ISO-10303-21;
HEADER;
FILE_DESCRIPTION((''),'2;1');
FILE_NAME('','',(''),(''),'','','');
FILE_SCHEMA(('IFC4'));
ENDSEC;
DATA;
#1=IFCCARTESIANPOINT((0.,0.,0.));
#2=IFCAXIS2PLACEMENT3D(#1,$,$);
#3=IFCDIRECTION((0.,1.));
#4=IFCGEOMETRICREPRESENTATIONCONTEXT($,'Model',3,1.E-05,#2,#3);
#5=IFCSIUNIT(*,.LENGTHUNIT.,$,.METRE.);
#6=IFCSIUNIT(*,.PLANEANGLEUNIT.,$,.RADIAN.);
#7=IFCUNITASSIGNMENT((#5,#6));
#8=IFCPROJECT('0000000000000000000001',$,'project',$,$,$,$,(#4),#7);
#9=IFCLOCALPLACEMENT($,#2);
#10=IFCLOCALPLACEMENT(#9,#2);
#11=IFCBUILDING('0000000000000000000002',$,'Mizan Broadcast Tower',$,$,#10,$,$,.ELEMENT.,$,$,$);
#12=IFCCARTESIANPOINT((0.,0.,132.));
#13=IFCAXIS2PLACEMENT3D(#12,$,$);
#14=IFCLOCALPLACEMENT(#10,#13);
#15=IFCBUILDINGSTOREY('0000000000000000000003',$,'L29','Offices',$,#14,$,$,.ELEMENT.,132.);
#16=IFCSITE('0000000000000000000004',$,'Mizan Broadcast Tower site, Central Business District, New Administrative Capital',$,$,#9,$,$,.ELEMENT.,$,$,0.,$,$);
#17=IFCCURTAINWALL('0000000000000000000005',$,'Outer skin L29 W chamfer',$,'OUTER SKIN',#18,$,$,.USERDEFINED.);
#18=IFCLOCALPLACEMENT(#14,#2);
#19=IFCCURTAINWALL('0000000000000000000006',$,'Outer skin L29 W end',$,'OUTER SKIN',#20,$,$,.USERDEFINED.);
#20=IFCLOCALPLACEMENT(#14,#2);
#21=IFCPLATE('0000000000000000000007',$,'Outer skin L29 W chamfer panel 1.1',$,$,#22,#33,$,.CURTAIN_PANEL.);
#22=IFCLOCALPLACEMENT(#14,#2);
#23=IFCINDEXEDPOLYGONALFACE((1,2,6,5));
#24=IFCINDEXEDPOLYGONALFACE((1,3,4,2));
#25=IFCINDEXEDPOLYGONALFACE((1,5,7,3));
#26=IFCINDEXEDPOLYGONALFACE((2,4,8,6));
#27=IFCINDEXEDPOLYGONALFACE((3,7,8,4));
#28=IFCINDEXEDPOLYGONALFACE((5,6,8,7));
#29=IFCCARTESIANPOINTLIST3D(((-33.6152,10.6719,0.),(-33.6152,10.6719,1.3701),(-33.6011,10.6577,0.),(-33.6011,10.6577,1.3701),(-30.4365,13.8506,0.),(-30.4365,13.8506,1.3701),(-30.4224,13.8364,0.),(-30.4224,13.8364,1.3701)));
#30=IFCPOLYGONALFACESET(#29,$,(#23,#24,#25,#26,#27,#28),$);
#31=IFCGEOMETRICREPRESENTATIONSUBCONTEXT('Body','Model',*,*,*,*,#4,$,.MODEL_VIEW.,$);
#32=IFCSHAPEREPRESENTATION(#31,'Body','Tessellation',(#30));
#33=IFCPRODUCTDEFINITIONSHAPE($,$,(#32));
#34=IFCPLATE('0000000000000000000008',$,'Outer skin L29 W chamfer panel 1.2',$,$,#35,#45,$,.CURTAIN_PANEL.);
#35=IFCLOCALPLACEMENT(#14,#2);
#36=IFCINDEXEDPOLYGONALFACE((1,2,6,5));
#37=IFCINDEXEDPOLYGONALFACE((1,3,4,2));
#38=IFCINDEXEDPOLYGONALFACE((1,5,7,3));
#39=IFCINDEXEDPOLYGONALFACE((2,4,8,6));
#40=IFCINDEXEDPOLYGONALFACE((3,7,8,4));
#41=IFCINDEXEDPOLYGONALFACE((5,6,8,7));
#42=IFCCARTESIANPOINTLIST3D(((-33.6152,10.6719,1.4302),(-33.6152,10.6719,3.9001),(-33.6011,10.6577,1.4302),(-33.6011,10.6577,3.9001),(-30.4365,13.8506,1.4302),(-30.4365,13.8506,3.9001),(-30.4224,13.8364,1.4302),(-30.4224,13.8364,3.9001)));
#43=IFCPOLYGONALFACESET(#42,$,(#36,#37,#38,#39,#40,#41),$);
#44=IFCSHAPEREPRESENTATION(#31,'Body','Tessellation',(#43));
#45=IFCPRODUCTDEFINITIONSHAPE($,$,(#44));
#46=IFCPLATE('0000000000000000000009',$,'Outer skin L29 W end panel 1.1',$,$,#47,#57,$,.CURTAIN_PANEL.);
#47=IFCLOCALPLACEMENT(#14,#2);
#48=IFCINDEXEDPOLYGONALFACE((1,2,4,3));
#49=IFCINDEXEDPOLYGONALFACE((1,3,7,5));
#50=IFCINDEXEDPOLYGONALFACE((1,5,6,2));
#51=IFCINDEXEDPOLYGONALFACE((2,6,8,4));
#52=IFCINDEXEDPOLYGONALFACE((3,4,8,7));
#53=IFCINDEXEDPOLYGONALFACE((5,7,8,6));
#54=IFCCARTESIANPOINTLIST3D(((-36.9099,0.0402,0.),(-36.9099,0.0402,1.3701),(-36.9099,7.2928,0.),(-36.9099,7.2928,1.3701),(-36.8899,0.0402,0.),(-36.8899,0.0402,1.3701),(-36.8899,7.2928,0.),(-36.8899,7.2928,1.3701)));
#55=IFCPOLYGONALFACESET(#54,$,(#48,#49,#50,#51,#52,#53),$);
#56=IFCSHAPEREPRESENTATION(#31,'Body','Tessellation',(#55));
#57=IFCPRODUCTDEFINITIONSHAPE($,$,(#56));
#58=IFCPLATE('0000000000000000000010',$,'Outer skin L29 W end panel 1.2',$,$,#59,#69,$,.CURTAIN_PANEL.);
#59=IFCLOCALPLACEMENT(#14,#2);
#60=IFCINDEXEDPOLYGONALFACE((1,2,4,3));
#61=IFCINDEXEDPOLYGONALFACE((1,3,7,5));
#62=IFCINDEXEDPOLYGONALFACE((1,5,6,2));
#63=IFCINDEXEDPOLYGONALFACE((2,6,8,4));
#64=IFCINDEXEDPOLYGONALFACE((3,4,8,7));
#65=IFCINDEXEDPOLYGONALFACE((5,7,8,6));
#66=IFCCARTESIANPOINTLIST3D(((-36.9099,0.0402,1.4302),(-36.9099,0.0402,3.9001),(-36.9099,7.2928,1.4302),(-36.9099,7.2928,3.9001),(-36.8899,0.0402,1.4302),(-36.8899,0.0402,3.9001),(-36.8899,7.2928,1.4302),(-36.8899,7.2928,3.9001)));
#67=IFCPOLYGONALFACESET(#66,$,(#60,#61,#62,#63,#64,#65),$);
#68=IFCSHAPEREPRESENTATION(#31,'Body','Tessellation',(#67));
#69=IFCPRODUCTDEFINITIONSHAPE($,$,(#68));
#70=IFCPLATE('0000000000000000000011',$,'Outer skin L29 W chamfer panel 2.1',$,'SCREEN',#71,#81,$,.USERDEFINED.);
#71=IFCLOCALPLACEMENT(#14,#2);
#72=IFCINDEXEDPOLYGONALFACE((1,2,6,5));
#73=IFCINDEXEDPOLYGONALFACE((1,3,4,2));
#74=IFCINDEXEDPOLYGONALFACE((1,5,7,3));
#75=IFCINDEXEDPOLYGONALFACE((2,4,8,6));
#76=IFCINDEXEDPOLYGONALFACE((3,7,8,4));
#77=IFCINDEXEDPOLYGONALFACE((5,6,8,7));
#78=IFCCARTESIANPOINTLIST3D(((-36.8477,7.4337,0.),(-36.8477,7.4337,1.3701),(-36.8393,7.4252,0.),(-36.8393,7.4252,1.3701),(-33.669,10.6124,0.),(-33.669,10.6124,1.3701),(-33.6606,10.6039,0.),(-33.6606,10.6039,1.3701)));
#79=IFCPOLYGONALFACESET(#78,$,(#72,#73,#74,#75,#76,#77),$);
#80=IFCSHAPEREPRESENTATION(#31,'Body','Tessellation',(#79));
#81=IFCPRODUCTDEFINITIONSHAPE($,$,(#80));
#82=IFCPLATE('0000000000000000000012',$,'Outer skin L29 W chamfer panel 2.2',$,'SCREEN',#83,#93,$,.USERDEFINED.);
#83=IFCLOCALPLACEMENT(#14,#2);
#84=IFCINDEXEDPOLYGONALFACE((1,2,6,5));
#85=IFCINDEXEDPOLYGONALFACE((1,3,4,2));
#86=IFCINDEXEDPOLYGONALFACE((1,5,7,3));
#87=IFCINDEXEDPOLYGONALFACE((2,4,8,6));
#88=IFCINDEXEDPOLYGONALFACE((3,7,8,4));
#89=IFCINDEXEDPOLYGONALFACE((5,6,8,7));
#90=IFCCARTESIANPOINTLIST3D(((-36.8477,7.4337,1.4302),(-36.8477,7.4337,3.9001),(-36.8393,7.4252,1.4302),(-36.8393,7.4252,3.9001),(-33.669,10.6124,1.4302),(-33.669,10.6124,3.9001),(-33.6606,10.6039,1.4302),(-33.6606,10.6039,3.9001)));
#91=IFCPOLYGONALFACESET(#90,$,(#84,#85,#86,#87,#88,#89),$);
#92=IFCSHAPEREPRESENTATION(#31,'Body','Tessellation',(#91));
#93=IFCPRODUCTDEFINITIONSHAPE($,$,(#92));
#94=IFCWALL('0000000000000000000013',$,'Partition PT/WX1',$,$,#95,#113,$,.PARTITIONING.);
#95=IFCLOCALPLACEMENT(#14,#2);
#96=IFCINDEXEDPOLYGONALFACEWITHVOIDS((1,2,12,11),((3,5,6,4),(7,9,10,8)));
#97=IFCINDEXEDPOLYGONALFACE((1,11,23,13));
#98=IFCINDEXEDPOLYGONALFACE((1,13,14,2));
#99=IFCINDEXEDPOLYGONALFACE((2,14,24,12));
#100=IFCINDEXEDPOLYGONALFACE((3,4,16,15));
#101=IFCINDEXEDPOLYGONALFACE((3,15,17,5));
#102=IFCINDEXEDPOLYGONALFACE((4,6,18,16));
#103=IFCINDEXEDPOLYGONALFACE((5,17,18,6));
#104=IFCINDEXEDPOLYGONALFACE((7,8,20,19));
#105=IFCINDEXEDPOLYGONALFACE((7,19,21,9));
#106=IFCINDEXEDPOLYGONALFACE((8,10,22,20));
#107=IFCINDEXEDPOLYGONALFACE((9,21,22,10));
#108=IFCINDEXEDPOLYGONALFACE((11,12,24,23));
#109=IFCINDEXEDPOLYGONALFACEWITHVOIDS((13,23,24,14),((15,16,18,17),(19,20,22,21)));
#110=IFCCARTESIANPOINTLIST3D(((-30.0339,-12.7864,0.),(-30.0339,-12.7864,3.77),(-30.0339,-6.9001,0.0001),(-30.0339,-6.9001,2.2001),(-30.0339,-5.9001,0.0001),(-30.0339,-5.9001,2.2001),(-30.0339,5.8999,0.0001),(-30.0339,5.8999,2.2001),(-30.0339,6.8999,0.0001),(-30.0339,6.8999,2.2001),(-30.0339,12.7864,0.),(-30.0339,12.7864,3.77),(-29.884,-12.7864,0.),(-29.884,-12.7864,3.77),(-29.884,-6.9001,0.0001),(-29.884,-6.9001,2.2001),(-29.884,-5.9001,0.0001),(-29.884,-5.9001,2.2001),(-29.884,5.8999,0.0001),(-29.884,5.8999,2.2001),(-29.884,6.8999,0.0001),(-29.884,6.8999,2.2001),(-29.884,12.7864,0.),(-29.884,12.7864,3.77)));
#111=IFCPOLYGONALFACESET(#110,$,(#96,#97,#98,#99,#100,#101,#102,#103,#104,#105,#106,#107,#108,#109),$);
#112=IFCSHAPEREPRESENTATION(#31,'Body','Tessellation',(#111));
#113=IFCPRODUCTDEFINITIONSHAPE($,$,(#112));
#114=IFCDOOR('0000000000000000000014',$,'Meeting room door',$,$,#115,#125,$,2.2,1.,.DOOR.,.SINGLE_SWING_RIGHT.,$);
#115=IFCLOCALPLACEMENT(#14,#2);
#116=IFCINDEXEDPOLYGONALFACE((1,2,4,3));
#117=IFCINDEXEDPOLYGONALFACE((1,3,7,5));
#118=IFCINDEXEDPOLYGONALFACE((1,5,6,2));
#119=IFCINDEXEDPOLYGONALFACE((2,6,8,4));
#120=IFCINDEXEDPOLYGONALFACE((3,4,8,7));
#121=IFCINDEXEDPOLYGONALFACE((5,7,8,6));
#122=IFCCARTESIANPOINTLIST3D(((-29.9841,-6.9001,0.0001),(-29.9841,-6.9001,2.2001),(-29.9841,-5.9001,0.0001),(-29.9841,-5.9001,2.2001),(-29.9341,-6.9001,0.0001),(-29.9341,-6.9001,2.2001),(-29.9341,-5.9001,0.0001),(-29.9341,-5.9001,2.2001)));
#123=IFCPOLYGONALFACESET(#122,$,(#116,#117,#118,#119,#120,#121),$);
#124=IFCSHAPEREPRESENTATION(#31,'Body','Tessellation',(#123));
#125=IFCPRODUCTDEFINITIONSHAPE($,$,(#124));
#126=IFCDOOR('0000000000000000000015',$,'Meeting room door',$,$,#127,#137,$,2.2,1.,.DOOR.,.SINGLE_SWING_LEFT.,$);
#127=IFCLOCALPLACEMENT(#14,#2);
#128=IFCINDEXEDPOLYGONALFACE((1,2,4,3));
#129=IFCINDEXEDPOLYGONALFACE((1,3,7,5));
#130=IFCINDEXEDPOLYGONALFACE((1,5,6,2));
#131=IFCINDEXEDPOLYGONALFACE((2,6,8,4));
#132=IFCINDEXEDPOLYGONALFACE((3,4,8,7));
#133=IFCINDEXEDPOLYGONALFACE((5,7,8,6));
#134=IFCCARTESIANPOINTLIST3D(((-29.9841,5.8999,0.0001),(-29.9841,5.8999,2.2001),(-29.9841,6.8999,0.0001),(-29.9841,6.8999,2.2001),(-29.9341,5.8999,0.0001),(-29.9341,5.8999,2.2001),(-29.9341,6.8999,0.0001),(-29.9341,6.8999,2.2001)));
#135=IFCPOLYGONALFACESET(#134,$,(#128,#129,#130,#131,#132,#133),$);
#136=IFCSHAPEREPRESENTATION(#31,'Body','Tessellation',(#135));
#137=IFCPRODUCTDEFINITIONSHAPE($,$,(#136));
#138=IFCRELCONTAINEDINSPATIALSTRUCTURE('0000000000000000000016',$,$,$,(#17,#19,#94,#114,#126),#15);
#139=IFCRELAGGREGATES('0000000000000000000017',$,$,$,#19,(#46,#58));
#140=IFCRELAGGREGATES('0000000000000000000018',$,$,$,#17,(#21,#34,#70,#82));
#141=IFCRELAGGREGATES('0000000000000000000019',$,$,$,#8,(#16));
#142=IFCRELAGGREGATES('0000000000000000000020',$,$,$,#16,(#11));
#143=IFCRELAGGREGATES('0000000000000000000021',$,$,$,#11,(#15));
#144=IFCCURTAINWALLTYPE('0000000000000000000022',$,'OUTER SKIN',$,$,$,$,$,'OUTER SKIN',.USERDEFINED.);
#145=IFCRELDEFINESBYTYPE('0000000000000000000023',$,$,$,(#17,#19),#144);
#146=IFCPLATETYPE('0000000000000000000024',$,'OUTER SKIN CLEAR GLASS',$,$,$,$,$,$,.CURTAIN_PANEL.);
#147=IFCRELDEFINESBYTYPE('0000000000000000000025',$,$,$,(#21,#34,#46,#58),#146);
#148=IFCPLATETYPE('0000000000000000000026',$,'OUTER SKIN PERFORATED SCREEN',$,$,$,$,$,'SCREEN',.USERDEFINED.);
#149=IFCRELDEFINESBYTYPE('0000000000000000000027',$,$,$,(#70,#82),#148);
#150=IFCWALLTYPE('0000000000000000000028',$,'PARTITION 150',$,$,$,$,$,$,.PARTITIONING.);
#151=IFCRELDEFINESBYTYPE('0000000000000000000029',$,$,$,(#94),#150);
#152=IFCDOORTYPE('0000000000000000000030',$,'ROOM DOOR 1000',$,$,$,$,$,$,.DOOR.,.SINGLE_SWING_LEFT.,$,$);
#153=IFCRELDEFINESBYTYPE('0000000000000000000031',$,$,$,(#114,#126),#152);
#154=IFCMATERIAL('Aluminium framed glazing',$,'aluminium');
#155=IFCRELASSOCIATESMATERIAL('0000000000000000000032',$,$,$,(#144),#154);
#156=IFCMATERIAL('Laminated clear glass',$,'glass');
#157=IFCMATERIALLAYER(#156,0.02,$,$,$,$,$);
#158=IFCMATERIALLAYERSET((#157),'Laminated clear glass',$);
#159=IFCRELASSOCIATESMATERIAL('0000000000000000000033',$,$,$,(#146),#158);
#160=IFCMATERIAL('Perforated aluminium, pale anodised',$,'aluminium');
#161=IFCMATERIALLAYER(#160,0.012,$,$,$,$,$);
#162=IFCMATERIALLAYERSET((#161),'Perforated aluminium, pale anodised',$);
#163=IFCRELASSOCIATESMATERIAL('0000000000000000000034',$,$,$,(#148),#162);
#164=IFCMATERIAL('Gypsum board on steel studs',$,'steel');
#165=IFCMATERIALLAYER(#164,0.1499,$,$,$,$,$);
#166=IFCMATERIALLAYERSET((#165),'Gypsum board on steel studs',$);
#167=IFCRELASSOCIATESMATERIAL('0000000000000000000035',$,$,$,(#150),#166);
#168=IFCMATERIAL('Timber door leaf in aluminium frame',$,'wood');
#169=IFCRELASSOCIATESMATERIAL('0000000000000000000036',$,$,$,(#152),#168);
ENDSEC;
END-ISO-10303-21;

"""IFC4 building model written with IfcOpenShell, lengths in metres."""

from ifc_helpers import new_model, si_unit, direction, frame, frame_2d, origin, origin_2d, place, context, subcontext, project, spatial, rectangle, extrude, material, layer, layer_set, type_object, element, fill, aggregate, save


model = new_model("IFC4")

# Units and contexts
model_context = context("Model", 3, precision=1e-05, world=origin(), true_north=direction((0.0, 1.0)))
body_context = subcontext(model_context, "Body", "Model", "MODEL_VIEW")
ifc_project = project(units=[si_unit("LENGTHUNIT", "METRE"), si_unit("PLANEANGLEUNIT", "RADIAN")], contexts=[model_context])

# Site, building, storey
site_placement = place(None, origin())
site = spatial("IfcSite", under=ifc_project, at=site_placement, Name="Mizan Broadcast Tower site, Central Business District, New Administrative Capital", CompositionType="ELEMENT", RefElevation=0.0)
building_placement = place(site_placement, origin())
building = spatial("IfcBuilding", under=site, at=building_placement, Name="Mizan Broadcast Tower", CompositionType="ELEMENT")
storey_placement = place(building_placement, frame((0.0, 0.0, 132.0)))
storey = spatial("IfcBuildingStorey", under=building, at=storey_placement, Name="L29", Description="Offices", CompositionType="ELEMENT", Elevation=132.0)

# Shared definitions
ifc_material_1 = material(Name="Aluminium framed glazing", Category="aluminium")
curtain_wall_type_1 = type_object("IfcCurtainWallType", Name="OUTER SKIN", ElementType="OUTER SKIN", PredefinedType="USERDEFINED", material=ifc_material_1)

# Curtain wall
curtain_wall_1_placement = place(storey_placement, origin())
curtain_wall_1 = element("IfcCurtainWall", 1, at=curtain_wall_1_placement, inside=storey, type_object=curtain_wall_type_1, Name="Outer skin L29 W chamfer", ObjectType="OUTER SKIN", PredefinedType="USERDEFINED")

# Curtain wall
curtain_wall_2_placement = place(storey_placement, origin())
curtain_wall_2 = element("IfcCurtainWall", 2, at=curtain_wall_2_placement, inside=storey, type_object=curtain_wall_type_1, Name="Outer skin L29 W end", ObjectType="OUTER SKIN", PredefinedType="USERDEFINED")

# Plates
ifc_material_2 = material(Name="Laminated clear glass", Category="glass")
ifc_layer_1 = layer(ifc_material_2, 0.02)
ifc_layer_set_1 = layer_set([ifc_layer_1], Name="Laminated clear glass")
plate_type_1 = type_object("IfcPlateType", Name="OUTER SKIN CLEAR GLASS", PredefinedType="CURTAIN_PANEL", material=ifc_layer_set_1)
plate_1_placement = place(storey_placement, frame((-32.0188, 12.2542, 0.0), z_axis=(0.0, 0.0, 1.0), x_axis=(-0.707107, -0.707107, 0.0)))
plate_1 = element("IfcPlate", 3, at=plate_1_placement, type_object=plate_type_1, Name="Outer skin L29 W chamfer panel 1.1", PredefinedType="CURTAIN_PANEL", context=body_context, shape_type="SweptSolid", body=[
    extrude(rectangle(XDim=4.4954, YDim=0.02, at=origin_2d()), origin(), (0.0, 0.0, 1.0), 1.3701),
])
plate_2_placement = place(storey_placement, frame((-32.0188, 12.2542, 1.4302), z_axis=(0.0, 0.0, 1.0), x_axis=(-0.707107, -0.707107, 0.0)))
plate_2 = element("IfcPlate", 4, at=plate_2_placement, type_object=plate_type_1, Name="Outer skin L29 W chamfer panel 1.2", PredefinedType="CURTAIN_PANEL", context=body_context, shape_type="SweptSolid", body=[
    extrude(rectangle(XDim=4.4954, YDim=0.02, at=origin_2d()), origin(), (0.0, 0.0, 1.0), 2.47),
])
plate_3_placement = place(storey_placement, frame((-36.8999, 3.6665, 0.0), z_axis=(0.0, 0.0, 1.0), x_axis=(0.0, -1.0, 0.0)))
plate_3 = element("IfcPlate", 5, at=plate_3_placement, type_object=plate_type_1, Name="Outer skin L29 W end panel 1.1", PredefinedType="CURTAIN_PANEL", context=body_context, shape_type="SweptSolid", body=[
    extrude(rectangle(XDim=7.2527, YDim=0.02, at=origin_2d()), origin(), (0.0, 0.0, 1.0), 1.3701),
])
plate_4_placement = place(storey_placement, frame((-36.8999, 3.6665, 1.4302), z_axis=(0.0, 0.0, 1.0), x_axis=(0.0, -1.0, 0.0)))
plate_4 = element("IfcPlate", 6, at=plate_4_placement, type_object=plate_type_1, Name="Outer skin L29 W end panel 1.2", PredefinedType="CURTAIN_PANEL", context=body_context, shape_type="SweptSolid", body=[
    extrude(rectangle(XDim=7.2527, YDim=0.02, at=origin_2d()), origin(), (0.0, 0.0, 1.0), 2.47),
])
aggregate(curtain_wall_2, [plate_3, plate_4])
ifc_material_3 = material(Name="Perforated aluminium, pale anodised", Category="aluminium")
ifc_layer_2 = layer(ifc_material_3, 0.012)
ifc_layer_set_2 = layer_set([ifc_layer_2], Name="Perforated aluminium, pale anodised")
plate_type_2 = type_object("IfcPlateType", Name="OUTER SKIN PERFORATED SCREEN", ElementType="SCREEN", PredefinedType="USERDEFINED", material=ifc_layer_set_2)
plate_5_placement = place(storey_placement, frame((-35.2542, 9.0188, 0.0), z_axis=(0.0, 0.0, 1.0), x_axis=(-0.707107, -0.707107, 0.0)))
plate_5 = element("IfcPlate", 7, at=plate_5_placement, type_object=plate_type_2, Name="Outer skin L29 W chamfer panel 2.1", ObjectType="SCREEN", PredefinedType="USERDEFINED", context=body_context, shape_type="SweptSolid", body=[
    extrude(rectangle(XDim=4.4954, YDim=0.012, at=origin_2d()), origin(), (0.0, 0.0, 1.0), 1.3701),
])
plate_6_placement = place(storey_placement, frame((-35.2542, 9.0188, 1.4302), z_axis=(0.0, 0.0, 1.0), x_axis=(-0.707107, -0.707107, 0.0)))
plate_6 = element("IfcPlate", 8, at=plate_6_placement, type_object=plate_type_2, Name="Outer skin L29 W chamfer panel 2.2", ObjectType="SCREEN", PredefinedType="USERDEFINED", context=body_context, shape_type="SweptSolid", body=[
    extrude(rectangle(XDim=4.4954, YDim=0.012, at=origin_2d()), origin(), (0.0, 0.0, 1.0), 2.47),
])
aggregate(curtain_wall_1, [plate_1, plate_2, plate_5, plate_6])

# Wall, openings, doors
ifc_material_4 = material(Name="Gypsum board on steel studs", Category="steel")
ifc_layer_3 = layer(ifc_material_4, 0.1499)
ifc_layer_set_3 = layer_set([ifc_layer_3], Name="Gypsum board on steel studs")
wall_type = type_object("IfcWallType", Name="PARTITION 150", PredefinedType="PARTITIONING", material=ifc_layer_set_3)
wall_placement = place(storey_placement, frame((-29.959, 12.7864, 0.0), z_axis=(0.0, 0.0, 1.0), x_axis=(0.0, -1.0, 0.0)))
wall = element("IfcWall", 9, at=wall_placement, inside=storey, type_object=wall_type, Name="Partition PT/WX1", PredefinedType="PARTITIONING", context=body_context, shape_type="SweptSolid", body=[
    extrude(rectangle(XDim=25.5728, YDim=0.1499, at=frame_2d((12.7864, 0.0))), origin(), (0.0, 0.0, 1.0), 3.77),
])
opening_1_placement = place(wall_placement, frame((18.6865, 0.0, 0.0)))
opening_1 = element("IfcOpeningElement", 10, at=opening_1_placement, cuts=wall, PredefinedType="OPENING", context=body_context, shape_type="SweptSolid", body=[
    extrude(rectangle(XDim=1.0, YDim=2.2, at=frame_2d((0.5, 1.1001))), frame((0.0, 0.085, 0.0), z_axis=(0.0, -1.0, 0.0), x_axis=(1.0, 0.0, 0.0)), (0.0, 0.0, 1.0), 0.1699),
])
opening_2_placement = place(wall_placement, frame((5.8865, 0.0, 0.0)))
opening_2 = element("IfcOpeningElement", 11, at=opening_2_placement, cuts=wall, PredefinedType="OPENING", context=body_context, shape_type="SweptSolid", body=[
    extrude(rectangle(XDim=1.0, YDim=2.2, at=frame_2d((0.5, 1.1001))), frame((0.0, 0.085, 0.0), z_axis=(0.0, -1.0, 0.0), x_axis=(1.0, 0.0, 0.0)), (0.0, 0.0, 1.0), 0.1699),
])
ifc_material_5 = material(Name="Timber door leaf in aluminium frame", Category="wood")
door_type = type_object("IfcDoorType", Name="ROOM DOOR 1000", OperationType="SINGLE_SWING_LEFT", PredefinedType="DOOR", material=ifc_material_5)
door_1_placement = place(opening_1_placement, origin())
door_1 = element("IfcDoor", 12, at=door_1_placement, inside=storey, type_object=door_type, Name="Meeting room door", OperationType="SINGLE_SWING_RIGHT", OverallHeight=2.2, OverallWidth=1.0, PredefinedType="DOOR", context=body_context, shape_type="SweptSolid", body=[
    extrude(rectangle(XDim=1.0, YDim=2.2, at=frame_2d((0.5, 1.1001))), frame((0.0, 0.0249, 0.0), z_axis=(0.0, -1.0, 0.0), x_axis=(1.0, 0.0, 0.0)), (0.0, 0.0, 1.0), 0.05),
])
fill(opening_1, door_1)
door_2_placement = place(opening_2_placement, origin())
door_2 = element("IfcDoor", 13, at=door_2_placement, inside=storey, type_object=door_type, Name="Meeting room door", OperationType="SINGLE_SWING_LEFT", OverallHeight=2.2, OverallWidth=1.0, PredefinedType="DOOR", context=body_context, shape_type="SweptSolid", body=[
    extrude(rectangle(XDim=1.0, YDim=2.2, at=frame_2d((0.5, 1.1001))), frame((0.0, 0.0249, 0.0), z_axis=(0.0, -1.0, 0.0), x_axis=(1.0, 0.0, 0.0)), (0.0, 0.0, 1.0), 0.05),
])
fill(opening_2, door_2)

save(model, "model.ifc")
